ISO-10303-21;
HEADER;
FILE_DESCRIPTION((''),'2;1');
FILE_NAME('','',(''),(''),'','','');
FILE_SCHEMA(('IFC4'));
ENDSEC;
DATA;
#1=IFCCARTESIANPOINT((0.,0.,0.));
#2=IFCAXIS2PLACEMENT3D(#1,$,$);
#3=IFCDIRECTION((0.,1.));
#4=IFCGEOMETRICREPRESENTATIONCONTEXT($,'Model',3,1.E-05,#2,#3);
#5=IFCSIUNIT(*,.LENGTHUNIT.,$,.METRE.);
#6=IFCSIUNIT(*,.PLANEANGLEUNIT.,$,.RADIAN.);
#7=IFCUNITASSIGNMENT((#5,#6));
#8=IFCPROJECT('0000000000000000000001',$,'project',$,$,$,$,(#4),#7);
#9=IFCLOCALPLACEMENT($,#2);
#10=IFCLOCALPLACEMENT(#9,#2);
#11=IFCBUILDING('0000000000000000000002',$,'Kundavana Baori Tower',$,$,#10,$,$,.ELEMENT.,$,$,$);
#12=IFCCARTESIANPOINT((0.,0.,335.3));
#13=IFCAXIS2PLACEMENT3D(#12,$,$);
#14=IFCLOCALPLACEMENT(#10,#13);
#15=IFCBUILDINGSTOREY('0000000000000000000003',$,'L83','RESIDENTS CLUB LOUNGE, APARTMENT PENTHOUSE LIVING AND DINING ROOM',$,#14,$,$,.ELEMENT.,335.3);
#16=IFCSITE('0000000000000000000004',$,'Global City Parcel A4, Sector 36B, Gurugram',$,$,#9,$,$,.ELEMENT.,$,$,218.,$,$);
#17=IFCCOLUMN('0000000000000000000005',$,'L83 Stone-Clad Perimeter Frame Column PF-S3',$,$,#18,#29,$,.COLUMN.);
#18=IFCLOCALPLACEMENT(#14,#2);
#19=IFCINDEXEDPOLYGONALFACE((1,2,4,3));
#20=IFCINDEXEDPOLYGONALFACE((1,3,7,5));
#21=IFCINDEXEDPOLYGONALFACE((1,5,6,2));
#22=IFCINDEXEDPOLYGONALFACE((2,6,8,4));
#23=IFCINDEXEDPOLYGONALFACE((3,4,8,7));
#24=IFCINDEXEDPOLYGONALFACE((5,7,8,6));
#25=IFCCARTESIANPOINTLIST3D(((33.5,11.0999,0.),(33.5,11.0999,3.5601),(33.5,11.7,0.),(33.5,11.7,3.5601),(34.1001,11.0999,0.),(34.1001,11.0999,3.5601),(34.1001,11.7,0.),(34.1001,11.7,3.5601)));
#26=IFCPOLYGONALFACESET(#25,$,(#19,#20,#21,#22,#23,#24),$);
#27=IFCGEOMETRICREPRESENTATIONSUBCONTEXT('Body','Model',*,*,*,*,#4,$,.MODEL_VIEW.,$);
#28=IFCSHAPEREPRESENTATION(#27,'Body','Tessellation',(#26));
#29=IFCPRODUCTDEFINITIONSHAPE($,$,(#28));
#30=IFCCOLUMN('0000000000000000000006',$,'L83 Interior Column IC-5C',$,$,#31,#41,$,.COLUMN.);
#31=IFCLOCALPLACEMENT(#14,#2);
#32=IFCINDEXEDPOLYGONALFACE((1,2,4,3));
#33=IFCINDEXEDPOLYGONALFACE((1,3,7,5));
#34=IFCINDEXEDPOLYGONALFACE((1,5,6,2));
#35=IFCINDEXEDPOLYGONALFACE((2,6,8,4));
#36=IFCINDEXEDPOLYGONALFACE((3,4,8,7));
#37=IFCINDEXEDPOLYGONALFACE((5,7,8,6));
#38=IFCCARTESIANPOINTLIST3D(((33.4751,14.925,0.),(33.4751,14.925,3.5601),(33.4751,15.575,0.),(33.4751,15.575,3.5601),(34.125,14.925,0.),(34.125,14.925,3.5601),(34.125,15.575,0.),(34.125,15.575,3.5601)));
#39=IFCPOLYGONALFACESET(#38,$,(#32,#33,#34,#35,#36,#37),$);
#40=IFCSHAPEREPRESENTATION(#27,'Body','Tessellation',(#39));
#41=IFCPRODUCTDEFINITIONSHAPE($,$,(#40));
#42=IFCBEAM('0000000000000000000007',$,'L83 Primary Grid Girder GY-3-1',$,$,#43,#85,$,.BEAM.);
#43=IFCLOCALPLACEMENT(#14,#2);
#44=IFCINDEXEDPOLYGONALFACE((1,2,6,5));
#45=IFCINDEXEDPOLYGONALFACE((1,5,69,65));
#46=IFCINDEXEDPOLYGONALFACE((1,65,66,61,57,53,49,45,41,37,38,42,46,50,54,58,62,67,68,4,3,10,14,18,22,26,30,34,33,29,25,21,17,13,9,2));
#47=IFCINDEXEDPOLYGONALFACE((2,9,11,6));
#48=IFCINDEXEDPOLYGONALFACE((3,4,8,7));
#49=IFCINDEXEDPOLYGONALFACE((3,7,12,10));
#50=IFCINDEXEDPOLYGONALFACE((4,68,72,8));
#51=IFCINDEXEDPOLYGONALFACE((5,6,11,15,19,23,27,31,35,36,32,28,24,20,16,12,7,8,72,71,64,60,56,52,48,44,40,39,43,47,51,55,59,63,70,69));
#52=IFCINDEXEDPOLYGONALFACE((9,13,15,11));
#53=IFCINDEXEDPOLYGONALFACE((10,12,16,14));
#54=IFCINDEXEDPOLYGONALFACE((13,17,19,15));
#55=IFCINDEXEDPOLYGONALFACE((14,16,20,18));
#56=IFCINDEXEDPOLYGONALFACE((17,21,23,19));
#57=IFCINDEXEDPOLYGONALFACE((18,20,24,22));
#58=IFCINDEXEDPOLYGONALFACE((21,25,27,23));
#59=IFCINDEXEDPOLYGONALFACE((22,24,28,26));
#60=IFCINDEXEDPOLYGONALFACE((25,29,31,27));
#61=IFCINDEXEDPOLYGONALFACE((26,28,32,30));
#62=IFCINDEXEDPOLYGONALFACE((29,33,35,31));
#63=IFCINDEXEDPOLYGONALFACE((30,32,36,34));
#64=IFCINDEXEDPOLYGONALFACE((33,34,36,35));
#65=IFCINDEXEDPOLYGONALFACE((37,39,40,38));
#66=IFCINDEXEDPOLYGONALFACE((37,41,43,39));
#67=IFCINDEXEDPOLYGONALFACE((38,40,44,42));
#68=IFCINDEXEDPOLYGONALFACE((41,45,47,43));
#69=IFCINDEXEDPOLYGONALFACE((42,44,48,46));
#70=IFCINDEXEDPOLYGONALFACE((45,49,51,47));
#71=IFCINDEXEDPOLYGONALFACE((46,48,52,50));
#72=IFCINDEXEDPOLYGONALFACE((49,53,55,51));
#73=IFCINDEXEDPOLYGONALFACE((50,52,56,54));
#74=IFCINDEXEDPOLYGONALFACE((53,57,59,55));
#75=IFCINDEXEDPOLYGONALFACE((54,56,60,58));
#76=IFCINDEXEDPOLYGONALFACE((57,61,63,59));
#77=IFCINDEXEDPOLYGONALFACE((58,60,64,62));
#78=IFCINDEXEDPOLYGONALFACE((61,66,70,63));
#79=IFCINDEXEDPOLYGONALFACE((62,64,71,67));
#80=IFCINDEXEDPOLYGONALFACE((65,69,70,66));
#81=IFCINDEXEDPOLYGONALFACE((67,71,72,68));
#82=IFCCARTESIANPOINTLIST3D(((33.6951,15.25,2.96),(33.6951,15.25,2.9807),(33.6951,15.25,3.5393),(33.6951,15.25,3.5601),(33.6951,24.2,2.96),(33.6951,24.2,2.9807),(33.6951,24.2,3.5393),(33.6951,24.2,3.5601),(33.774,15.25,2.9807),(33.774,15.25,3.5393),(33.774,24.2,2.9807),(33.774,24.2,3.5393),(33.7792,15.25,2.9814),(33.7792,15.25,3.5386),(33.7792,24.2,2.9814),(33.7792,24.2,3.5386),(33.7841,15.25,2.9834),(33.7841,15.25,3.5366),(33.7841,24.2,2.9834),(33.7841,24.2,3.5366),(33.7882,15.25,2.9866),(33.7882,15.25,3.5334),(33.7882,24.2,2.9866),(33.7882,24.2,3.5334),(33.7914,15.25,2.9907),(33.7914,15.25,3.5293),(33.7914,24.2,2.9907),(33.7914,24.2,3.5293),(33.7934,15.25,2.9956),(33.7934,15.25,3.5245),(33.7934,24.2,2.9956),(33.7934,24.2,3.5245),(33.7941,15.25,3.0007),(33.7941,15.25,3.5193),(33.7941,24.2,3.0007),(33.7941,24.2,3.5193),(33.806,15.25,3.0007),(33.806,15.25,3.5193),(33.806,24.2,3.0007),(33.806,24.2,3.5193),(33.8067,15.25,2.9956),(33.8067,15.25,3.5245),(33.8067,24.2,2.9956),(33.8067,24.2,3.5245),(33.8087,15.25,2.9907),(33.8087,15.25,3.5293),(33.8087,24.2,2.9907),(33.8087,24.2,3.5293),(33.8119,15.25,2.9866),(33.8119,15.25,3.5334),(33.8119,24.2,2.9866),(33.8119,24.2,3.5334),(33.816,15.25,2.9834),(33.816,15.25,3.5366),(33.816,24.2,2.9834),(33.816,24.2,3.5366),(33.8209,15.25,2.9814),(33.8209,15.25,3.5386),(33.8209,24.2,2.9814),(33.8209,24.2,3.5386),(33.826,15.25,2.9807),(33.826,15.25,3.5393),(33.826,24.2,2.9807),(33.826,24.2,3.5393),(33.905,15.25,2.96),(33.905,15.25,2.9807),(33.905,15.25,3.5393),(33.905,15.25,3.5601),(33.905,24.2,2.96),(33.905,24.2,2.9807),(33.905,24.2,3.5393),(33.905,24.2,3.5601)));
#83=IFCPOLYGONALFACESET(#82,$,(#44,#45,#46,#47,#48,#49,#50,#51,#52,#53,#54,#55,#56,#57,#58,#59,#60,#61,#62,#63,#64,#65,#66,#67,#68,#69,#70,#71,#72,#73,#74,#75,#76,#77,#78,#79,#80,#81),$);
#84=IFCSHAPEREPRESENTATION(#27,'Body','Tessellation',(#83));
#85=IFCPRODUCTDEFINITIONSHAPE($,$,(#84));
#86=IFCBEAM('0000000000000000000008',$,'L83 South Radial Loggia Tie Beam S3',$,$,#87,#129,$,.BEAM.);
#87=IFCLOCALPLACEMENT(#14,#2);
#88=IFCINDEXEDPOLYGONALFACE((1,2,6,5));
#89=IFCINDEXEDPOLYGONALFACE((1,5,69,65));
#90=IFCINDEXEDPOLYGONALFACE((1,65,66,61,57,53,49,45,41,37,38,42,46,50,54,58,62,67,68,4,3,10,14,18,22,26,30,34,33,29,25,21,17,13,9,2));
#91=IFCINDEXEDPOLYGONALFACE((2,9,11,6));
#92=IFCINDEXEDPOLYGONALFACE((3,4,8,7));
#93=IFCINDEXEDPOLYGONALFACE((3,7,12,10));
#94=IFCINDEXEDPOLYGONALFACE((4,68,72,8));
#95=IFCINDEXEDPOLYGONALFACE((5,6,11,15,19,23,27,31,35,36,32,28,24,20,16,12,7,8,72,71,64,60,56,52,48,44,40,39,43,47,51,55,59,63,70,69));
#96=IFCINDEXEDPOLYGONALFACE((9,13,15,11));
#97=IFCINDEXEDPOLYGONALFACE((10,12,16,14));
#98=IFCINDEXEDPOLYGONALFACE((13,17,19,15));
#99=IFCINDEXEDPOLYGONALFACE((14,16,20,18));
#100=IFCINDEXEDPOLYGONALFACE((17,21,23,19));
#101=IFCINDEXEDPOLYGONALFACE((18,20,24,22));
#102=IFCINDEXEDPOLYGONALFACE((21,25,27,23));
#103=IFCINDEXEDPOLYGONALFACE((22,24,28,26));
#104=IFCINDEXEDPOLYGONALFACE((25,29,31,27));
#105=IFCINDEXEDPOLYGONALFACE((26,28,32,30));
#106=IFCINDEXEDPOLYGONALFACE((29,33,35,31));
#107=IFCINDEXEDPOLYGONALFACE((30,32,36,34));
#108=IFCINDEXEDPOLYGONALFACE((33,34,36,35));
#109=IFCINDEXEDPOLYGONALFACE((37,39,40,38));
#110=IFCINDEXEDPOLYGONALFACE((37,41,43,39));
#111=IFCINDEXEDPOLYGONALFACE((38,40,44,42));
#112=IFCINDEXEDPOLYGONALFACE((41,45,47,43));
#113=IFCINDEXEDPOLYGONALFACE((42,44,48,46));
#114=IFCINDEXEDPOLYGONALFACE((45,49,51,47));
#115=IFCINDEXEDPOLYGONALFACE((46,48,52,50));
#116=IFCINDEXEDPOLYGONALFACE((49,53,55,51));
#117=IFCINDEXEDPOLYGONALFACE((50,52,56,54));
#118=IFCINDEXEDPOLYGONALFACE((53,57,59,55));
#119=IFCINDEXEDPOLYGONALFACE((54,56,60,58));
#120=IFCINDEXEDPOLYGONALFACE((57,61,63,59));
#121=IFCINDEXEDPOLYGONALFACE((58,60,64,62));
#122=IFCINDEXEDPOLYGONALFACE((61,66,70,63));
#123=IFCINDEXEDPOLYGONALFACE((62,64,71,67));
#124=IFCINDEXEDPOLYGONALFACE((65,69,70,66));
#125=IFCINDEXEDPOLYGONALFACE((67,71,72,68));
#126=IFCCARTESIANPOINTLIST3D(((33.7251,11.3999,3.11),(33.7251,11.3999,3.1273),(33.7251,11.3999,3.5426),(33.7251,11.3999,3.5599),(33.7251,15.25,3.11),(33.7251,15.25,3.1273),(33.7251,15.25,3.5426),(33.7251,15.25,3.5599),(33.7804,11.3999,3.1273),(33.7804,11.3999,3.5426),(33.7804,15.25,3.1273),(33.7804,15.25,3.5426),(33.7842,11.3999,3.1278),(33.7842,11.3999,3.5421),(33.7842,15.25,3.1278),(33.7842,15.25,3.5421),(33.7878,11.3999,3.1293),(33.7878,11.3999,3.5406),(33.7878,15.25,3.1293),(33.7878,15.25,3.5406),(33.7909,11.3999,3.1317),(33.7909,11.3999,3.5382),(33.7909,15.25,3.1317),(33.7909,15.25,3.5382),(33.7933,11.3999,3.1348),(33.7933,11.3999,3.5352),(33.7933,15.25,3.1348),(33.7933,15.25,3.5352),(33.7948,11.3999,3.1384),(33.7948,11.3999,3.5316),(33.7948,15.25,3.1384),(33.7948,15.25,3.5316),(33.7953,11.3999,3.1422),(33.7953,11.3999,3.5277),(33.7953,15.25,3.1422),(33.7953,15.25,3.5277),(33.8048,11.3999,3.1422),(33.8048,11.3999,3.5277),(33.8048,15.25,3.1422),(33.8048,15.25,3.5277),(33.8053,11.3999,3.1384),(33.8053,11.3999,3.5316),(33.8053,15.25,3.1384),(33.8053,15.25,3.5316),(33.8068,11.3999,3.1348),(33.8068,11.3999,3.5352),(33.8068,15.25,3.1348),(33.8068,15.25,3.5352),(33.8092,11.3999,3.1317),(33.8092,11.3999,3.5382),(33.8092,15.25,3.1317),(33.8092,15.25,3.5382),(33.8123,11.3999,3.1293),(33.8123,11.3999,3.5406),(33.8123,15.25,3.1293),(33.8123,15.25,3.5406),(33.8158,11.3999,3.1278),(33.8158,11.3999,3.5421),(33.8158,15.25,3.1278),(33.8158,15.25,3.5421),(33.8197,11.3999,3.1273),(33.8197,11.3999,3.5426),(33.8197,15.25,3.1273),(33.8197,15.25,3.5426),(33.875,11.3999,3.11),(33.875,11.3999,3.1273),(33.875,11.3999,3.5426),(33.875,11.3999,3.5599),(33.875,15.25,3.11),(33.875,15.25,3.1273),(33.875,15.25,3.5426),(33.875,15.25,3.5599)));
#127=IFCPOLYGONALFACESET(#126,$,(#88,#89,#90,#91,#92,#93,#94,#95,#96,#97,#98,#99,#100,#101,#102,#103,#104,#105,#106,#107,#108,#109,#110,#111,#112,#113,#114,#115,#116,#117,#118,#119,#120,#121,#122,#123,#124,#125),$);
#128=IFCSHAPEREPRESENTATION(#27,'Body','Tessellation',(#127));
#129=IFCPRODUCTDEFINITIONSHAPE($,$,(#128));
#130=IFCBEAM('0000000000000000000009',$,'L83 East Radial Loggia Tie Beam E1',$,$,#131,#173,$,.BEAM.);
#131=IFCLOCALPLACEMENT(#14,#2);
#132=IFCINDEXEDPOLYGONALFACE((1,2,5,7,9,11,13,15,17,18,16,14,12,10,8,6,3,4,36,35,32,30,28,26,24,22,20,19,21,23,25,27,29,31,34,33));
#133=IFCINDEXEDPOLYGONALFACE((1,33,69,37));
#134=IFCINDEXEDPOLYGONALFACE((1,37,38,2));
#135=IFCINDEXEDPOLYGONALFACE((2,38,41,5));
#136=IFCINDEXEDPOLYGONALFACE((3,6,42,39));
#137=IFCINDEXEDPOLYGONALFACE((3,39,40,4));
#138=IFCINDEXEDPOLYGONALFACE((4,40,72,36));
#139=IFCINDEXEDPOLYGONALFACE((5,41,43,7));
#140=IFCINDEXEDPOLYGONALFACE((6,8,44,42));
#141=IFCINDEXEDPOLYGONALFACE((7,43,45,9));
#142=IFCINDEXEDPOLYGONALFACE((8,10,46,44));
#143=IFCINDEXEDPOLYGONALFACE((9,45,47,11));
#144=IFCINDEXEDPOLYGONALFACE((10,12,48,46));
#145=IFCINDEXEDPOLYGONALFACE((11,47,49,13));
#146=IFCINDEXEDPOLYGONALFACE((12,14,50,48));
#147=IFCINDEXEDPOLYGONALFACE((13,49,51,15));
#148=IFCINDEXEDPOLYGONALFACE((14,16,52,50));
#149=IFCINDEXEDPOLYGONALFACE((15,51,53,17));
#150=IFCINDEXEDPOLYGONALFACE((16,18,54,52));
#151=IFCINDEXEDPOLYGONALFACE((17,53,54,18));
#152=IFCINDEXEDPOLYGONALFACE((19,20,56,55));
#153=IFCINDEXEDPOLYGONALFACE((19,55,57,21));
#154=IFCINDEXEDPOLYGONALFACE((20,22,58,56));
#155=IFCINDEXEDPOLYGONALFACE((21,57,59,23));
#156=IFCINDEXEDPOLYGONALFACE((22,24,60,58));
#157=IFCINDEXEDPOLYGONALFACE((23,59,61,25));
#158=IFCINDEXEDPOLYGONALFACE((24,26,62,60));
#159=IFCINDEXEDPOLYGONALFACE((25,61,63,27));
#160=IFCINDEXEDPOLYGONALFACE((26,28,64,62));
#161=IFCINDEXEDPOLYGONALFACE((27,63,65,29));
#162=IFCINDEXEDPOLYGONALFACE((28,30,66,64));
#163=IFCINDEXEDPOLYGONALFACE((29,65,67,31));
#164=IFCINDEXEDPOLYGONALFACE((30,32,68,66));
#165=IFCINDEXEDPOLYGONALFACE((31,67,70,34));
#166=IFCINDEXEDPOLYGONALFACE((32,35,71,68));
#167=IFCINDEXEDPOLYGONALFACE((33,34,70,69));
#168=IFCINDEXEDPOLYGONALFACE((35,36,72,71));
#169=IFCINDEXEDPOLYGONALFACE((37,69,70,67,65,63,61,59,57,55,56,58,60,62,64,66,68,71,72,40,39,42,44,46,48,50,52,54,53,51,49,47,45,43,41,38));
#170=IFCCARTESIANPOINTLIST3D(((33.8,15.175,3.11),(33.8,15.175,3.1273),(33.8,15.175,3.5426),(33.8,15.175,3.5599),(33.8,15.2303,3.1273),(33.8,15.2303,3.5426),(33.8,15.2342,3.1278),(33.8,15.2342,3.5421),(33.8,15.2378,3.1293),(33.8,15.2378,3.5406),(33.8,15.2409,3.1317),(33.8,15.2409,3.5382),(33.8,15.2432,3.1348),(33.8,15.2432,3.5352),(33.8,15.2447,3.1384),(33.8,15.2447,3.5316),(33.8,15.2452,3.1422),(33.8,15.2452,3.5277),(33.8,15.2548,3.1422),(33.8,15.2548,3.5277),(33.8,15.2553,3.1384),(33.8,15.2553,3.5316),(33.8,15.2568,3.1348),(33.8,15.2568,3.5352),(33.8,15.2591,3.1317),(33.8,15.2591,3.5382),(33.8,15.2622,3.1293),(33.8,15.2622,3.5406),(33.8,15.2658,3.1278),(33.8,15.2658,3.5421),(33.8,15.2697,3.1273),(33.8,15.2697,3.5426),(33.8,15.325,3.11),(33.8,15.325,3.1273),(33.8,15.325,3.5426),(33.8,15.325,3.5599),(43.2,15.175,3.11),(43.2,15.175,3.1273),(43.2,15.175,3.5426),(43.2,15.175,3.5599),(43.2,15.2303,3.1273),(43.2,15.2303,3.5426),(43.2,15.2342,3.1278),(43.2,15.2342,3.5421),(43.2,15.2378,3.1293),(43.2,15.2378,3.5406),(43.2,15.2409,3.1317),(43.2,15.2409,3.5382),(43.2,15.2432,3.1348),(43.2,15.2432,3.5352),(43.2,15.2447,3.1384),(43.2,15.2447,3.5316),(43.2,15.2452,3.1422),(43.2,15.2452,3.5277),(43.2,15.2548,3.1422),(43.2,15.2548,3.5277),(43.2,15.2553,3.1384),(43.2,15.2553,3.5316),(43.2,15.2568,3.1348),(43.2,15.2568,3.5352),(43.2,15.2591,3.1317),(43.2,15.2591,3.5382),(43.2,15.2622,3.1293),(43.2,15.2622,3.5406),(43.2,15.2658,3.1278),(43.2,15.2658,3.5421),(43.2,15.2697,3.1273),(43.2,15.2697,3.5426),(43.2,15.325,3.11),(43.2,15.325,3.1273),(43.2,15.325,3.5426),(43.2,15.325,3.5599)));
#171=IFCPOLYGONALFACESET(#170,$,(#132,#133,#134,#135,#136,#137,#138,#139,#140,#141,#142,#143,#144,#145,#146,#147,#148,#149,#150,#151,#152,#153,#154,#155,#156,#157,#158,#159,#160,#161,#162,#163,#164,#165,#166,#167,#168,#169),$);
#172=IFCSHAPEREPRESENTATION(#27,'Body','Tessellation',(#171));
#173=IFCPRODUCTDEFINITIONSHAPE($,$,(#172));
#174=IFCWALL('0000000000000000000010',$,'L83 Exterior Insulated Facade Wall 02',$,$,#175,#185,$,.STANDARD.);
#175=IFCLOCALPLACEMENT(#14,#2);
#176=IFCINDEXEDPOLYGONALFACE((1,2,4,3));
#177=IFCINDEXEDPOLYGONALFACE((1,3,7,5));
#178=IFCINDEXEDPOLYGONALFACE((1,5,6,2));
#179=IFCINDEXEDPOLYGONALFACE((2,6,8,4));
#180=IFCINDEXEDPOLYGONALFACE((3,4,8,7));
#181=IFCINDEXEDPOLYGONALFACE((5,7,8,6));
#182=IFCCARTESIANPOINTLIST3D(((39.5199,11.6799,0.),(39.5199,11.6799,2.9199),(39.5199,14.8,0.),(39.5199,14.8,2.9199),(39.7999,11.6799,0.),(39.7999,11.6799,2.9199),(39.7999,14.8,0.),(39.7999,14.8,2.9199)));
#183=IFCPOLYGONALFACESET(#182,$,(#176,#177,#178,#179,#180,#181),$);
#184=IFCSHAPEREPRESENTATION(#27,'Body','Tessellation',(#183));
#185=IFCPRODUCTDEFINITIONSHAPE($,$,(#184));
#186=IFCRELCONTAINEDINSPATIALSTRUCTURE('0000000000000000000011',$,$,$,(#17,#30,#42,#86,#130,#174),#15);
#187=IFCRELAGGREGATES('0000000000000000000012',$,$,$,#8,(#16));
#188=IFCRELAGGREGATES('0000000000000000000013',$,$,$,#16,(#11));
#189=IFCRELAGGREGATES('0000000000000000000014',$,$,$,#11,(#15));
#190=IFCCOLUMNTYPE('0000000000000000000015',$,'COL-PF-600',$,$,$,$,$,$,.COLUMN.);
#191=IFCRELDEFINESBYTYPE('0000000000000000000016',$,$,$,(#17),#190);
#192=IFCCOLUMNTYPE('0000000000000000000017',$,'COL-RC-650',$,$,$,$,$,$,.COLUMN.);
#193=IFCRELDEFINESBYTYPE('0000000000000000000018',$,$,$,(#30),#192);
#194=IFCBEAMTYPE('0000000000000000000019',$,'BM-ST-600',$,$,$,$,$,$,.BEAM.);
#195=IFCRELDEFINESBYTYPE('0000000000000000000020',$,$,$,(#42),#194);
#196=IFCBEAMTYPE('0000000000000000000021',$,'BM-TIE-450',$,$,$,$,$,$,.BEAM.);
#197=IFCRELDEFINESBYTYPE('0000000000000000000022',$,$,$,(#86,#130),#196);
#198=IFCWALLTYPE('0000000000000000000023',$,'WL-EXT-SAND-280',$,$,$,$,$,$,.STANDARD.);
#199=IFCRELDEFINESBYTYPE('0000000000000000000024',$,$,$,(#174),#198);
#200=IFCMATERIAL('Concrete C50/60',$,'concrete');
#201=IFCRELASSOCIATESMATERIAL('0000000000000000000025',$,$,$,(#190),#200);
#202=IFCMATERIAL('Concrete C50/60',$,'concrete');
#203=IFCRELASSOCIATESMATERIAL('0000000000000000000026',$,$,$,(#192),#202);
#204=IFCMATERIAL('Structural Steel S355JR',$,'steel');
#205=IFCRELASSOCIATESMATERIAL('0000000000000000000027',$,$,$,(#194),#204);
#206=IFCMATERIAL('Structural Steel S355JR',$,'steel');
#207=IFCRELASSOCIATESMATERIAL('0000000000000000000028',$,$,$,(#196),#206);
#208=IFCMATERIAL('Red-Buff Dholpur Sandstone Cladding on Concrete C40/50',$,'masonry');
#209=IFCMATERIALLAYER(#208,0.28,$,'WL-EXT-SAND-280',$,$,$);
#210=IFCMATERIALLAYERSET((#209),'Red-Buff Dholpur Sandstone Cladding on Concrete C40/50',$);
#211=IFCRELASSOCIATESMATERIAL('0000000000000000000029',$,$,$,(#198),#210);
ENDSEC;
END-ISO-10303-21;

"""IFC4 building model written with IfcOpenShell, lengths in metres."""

from ifc_helpers import new_model, si_unit, direction, frame, frame_2d, origin, origin_2d, place, context, subcontext, project, spatial, rectangle, i_section, extrude, material, layer, layer_set, material_profile, profile_set, type_object, element, save


model = new_model("IFC4")

# Units and contexts
model_context = context("Model", 3, precision=1e-05, world=origin(), true_north=direction((0.0, 1.0)))
body_context = subcontext(model_context, "Body", "Model", "MODEL_VIEW")
ifc_project = project(units=[si_unit("LENGTHUNIT", "METRE"), si_unit("PLANEANGLEUNIT", "RADIAN")], contexts=[model_context])

# Site, building, storey
site_placement = place(None, origin())
site = spatial("IfcSite", under=ifc_project, at=site_placement, Name="Global City Parcel A4, Sector 36B, Gurugram", CompositionType="ELEMENT", RefElevation=218.0)
building_placement = place(site_placement, origin())
building = spatial("IfcBuilding", under=site, at=building_placement, Name="Kundavana Baori Tower", CompositionType="ELEMENT")
storey_placement = place(building_placement, frame((0.0, 0.0, 335.3)))
storey = spatial("IfcBuildingStorey", under=building, at=storey_placement, Name="L83", Description="RESIDENTS CLUB LOUNGE, APARTMENT PENTHOUSE LIVING AND DINING ROOM", CompositionType="ELEMENT", Elevation=335.3)

# Columns
ifc_material_1 = material(Name="Concrete C50/60", Category="concrete")
ifc_material_profile_1 = material_profile(ifc_material_1, rectangle(XDim=0.6001, YDim=0.6001, at=origin_2d()), Name="RC PF 600x600")
ifc_profile_set_1 = profile_set([ifc_material_profile_1], Name="Concrete C50/60")
column_type_1 = type_object("IfcColumnType", Name="COL-PF-600", PredefinedType="COLUMN", material=ifc_profile_set_1)
column_1_placement = place(storey_placement, frame((33.8, 11.3999, 0.0), z_axis=(0.0, 0.0, 1.0), x_axis=(1.0, 0.0, 0.0)))
element("IfcColumn", 1, at=column_1_placement, inside=storey, type_object=column_type_1, Name="L83 Stone-Clad Perimeter Frame Column PF-S3", PredefinedType="COLUMN", context=body_context, shape_type="SweptSolid", body=[
    extrude(rectangle(XDim=0.6001, YDim=0.6001, at=origin_2d()), origin(), (0.0, 0.0, 1.0), 3.5601),
])
ifc_material_2 = material(Name="Concrete C50/60", Category="concrete")
ifc_material_profile_2 = material_profile(ifc_material_2, rectangle(XDim=0.6499, YDim=0.6499, at=origin_2d()), Name="RC 650x650")
ifc_profile_set_2 = profile_set([ifc_material_profile_2], Name="Concrete C50/60")
column_type_2 = type_object("IfcColumnType", Name="COL-RC-650", PredefinedType="COLUMN", material=ifc_profile_set_2)
column_2_placement = place(storey_placement, frame((33.8, 15.25, 0.0), z_axis=(0.0, 0.0, 1.0), x_axis=(1.0, 0.0, 0.0)))
element("IfcColumn", 2, at=column_2_placement, inside=storey, type_object=column_type_2, Name="L83 Interior Column IC-5C", PredefinedType="COLUMN", context=body_context, shape_type="SweptSolid", body=[
    extrude(rectangle(XDim=0.6499, YDim=0.6499, at=origin_2d()), origin(), (0.0, 0.0, 1.0), 3.5601),
])

# Beams
ifc_material_3 = material(Name="Structural Steel S355JR", Category="steel")
ifc_material_profile_3 = material_profile(ifc_material_3, i_section(OverallWidth=0.21, OverallDepth=0.6001, WebThickness=0.012, FlangeThickness=0.0208, FilletRadius=0.02, at=origin_2d()), Name="ISMB 600")
ifc_profile_set_3 = profile_set([ifc_material_profile_3], Name="Structural Steel S355JR")
beam_type_1 = type_object("IfcBeamType", Name="BM-ST-600", PredefinedType="BEAM", material=ifc_profile_set_3)
beam_1_placement = place(storey_placement, frame((33.8, 15.25, 3.26), z_axis=(0.0, 1.0, 0.0), x_axis=(-1.0, 0.0, 0.0)))
element("IfcBeam", 3, at=beam_1_placement, inside=storey, type_object=beam_type_1, Name="L83 Primary Grid Girder GY-3-1", PredefinedType="BEAM", context=body_context, shape_type="SweptSolid", body=[
    extrude(i_section(OverallWidth=0.21, OverallDepth=0.6001, WebThickness=0.012, FlangeThickness=0.0208, FilletRadius=0.02, at=origin_2d()), origin(), (0.0, 0.0, 1.0), 8.95),
])
ifc_material_4 = material(Name="Structural Steel S355JR", Category="steel")
ifc_material_profile_4 = material_profile(ifc_material_4, i_section(OverallWidth=0.1499, OverallDepth=0.45, WebThickness=0.0095, FlangeThickness=0.0173, FilletRadius=0.0149, at=origin_2d()), Name="ISMB 450")
ifc_profile_set_4 = profile_set([ifc_material_profile_4], Name="Structural Steel S355JR")
beam_type_2 = type_object("IfcBeamType", Name="BM-TIE-450", PredefinedType="BEAM", material=ifc_profile_set_4)
beam_2_placement = place(storey_placement, frame((33.8, 15.25, 3.335), z_axis=(0.0, -1.0, 0.0), x_axis=(1.0, 0.0, 0.0)))
element("IfcBeam", 4, at=beam_2_placement, inside=storey, type_object=beam_type_2, Name="L83 South Radial Loggia Tie Beam S3", PredefinedType="BEAM", context=body_context, shape_type="SweptSolid", body=[
    extrude(i_section(OverallWidth=0.1499, OverallDepth=0.45, WebThickness=0.0095, FlangeThickness=0.0173, FilletRadius=0.0149, at=origin_2d()), origin(), (0.0, 0.0, 1.0), 3.8501),
])
beam_3_placement = place(storey_placement, frame((33.8, 15.25, 3.335), z_axis=(1.0, 0.0, 0.0), x_axis=(0.0, 1.0, 0.0)))
element("IfcBeam", 5, at=beam_3_placement, inside=storey, type_object=beam_type_2, Name="L83 East Radial Loggia Tie Beam E1", PredefinedType="BEAM", context=body_context, shape_type="SweptSolid", body=[
    extrude(i_section(OverallWidth=0.1499, OverallDepth=0.45, WebThickness=0.0095, FlangeThickness=0.0173, FilletRadius=0.0149, at=origin_2d()), origin(), (0.0, 0.0, 1.0), 9.3999),
])

# Wall
ifc_material_5 = material(Name="Red-Buff Dholpur Sandstone Cladding on Concrete C40/50", Category="masonry")
ifc_layer_1 = layer(ifc_material_5, 0.28, Name="WL-EXT-SAND-280")
ifc_layer_set_1 = layer_set([ifc_layer_1], Name="Red-Buff Dholpur Sandstone Cladding on Concrete C40/50")
wall_type_1 = type_object("IfcWallType", Name="WL-EXT-SAND-280", PredefinedType="STANDARD", material=ifc_layer_set_1)
wall_1_placement = place(storey_placement, frame((39.6599, 11.6799, 0.0), z_axis=(0.0, 0.0, 1.0), x_axis=(0.0, 1.0, 0.0)))
element("IfcWall", 6, at=wall_1_placement, inside=storey, type_object=wall_type_1, Name="L83 Exterior Insulated Facade Wall 02", PredefinedType="STANDARD", context=body_context, shape_type="SweptSolid", body=[
    extrude(rectangle(XDim=3.1201, YDim=0.28, at=frame_2d((1.5601, 0.0))), origin(), (0.0, 0.0, 1.0), 2.9199),
])

save(model, "model.ifc")
